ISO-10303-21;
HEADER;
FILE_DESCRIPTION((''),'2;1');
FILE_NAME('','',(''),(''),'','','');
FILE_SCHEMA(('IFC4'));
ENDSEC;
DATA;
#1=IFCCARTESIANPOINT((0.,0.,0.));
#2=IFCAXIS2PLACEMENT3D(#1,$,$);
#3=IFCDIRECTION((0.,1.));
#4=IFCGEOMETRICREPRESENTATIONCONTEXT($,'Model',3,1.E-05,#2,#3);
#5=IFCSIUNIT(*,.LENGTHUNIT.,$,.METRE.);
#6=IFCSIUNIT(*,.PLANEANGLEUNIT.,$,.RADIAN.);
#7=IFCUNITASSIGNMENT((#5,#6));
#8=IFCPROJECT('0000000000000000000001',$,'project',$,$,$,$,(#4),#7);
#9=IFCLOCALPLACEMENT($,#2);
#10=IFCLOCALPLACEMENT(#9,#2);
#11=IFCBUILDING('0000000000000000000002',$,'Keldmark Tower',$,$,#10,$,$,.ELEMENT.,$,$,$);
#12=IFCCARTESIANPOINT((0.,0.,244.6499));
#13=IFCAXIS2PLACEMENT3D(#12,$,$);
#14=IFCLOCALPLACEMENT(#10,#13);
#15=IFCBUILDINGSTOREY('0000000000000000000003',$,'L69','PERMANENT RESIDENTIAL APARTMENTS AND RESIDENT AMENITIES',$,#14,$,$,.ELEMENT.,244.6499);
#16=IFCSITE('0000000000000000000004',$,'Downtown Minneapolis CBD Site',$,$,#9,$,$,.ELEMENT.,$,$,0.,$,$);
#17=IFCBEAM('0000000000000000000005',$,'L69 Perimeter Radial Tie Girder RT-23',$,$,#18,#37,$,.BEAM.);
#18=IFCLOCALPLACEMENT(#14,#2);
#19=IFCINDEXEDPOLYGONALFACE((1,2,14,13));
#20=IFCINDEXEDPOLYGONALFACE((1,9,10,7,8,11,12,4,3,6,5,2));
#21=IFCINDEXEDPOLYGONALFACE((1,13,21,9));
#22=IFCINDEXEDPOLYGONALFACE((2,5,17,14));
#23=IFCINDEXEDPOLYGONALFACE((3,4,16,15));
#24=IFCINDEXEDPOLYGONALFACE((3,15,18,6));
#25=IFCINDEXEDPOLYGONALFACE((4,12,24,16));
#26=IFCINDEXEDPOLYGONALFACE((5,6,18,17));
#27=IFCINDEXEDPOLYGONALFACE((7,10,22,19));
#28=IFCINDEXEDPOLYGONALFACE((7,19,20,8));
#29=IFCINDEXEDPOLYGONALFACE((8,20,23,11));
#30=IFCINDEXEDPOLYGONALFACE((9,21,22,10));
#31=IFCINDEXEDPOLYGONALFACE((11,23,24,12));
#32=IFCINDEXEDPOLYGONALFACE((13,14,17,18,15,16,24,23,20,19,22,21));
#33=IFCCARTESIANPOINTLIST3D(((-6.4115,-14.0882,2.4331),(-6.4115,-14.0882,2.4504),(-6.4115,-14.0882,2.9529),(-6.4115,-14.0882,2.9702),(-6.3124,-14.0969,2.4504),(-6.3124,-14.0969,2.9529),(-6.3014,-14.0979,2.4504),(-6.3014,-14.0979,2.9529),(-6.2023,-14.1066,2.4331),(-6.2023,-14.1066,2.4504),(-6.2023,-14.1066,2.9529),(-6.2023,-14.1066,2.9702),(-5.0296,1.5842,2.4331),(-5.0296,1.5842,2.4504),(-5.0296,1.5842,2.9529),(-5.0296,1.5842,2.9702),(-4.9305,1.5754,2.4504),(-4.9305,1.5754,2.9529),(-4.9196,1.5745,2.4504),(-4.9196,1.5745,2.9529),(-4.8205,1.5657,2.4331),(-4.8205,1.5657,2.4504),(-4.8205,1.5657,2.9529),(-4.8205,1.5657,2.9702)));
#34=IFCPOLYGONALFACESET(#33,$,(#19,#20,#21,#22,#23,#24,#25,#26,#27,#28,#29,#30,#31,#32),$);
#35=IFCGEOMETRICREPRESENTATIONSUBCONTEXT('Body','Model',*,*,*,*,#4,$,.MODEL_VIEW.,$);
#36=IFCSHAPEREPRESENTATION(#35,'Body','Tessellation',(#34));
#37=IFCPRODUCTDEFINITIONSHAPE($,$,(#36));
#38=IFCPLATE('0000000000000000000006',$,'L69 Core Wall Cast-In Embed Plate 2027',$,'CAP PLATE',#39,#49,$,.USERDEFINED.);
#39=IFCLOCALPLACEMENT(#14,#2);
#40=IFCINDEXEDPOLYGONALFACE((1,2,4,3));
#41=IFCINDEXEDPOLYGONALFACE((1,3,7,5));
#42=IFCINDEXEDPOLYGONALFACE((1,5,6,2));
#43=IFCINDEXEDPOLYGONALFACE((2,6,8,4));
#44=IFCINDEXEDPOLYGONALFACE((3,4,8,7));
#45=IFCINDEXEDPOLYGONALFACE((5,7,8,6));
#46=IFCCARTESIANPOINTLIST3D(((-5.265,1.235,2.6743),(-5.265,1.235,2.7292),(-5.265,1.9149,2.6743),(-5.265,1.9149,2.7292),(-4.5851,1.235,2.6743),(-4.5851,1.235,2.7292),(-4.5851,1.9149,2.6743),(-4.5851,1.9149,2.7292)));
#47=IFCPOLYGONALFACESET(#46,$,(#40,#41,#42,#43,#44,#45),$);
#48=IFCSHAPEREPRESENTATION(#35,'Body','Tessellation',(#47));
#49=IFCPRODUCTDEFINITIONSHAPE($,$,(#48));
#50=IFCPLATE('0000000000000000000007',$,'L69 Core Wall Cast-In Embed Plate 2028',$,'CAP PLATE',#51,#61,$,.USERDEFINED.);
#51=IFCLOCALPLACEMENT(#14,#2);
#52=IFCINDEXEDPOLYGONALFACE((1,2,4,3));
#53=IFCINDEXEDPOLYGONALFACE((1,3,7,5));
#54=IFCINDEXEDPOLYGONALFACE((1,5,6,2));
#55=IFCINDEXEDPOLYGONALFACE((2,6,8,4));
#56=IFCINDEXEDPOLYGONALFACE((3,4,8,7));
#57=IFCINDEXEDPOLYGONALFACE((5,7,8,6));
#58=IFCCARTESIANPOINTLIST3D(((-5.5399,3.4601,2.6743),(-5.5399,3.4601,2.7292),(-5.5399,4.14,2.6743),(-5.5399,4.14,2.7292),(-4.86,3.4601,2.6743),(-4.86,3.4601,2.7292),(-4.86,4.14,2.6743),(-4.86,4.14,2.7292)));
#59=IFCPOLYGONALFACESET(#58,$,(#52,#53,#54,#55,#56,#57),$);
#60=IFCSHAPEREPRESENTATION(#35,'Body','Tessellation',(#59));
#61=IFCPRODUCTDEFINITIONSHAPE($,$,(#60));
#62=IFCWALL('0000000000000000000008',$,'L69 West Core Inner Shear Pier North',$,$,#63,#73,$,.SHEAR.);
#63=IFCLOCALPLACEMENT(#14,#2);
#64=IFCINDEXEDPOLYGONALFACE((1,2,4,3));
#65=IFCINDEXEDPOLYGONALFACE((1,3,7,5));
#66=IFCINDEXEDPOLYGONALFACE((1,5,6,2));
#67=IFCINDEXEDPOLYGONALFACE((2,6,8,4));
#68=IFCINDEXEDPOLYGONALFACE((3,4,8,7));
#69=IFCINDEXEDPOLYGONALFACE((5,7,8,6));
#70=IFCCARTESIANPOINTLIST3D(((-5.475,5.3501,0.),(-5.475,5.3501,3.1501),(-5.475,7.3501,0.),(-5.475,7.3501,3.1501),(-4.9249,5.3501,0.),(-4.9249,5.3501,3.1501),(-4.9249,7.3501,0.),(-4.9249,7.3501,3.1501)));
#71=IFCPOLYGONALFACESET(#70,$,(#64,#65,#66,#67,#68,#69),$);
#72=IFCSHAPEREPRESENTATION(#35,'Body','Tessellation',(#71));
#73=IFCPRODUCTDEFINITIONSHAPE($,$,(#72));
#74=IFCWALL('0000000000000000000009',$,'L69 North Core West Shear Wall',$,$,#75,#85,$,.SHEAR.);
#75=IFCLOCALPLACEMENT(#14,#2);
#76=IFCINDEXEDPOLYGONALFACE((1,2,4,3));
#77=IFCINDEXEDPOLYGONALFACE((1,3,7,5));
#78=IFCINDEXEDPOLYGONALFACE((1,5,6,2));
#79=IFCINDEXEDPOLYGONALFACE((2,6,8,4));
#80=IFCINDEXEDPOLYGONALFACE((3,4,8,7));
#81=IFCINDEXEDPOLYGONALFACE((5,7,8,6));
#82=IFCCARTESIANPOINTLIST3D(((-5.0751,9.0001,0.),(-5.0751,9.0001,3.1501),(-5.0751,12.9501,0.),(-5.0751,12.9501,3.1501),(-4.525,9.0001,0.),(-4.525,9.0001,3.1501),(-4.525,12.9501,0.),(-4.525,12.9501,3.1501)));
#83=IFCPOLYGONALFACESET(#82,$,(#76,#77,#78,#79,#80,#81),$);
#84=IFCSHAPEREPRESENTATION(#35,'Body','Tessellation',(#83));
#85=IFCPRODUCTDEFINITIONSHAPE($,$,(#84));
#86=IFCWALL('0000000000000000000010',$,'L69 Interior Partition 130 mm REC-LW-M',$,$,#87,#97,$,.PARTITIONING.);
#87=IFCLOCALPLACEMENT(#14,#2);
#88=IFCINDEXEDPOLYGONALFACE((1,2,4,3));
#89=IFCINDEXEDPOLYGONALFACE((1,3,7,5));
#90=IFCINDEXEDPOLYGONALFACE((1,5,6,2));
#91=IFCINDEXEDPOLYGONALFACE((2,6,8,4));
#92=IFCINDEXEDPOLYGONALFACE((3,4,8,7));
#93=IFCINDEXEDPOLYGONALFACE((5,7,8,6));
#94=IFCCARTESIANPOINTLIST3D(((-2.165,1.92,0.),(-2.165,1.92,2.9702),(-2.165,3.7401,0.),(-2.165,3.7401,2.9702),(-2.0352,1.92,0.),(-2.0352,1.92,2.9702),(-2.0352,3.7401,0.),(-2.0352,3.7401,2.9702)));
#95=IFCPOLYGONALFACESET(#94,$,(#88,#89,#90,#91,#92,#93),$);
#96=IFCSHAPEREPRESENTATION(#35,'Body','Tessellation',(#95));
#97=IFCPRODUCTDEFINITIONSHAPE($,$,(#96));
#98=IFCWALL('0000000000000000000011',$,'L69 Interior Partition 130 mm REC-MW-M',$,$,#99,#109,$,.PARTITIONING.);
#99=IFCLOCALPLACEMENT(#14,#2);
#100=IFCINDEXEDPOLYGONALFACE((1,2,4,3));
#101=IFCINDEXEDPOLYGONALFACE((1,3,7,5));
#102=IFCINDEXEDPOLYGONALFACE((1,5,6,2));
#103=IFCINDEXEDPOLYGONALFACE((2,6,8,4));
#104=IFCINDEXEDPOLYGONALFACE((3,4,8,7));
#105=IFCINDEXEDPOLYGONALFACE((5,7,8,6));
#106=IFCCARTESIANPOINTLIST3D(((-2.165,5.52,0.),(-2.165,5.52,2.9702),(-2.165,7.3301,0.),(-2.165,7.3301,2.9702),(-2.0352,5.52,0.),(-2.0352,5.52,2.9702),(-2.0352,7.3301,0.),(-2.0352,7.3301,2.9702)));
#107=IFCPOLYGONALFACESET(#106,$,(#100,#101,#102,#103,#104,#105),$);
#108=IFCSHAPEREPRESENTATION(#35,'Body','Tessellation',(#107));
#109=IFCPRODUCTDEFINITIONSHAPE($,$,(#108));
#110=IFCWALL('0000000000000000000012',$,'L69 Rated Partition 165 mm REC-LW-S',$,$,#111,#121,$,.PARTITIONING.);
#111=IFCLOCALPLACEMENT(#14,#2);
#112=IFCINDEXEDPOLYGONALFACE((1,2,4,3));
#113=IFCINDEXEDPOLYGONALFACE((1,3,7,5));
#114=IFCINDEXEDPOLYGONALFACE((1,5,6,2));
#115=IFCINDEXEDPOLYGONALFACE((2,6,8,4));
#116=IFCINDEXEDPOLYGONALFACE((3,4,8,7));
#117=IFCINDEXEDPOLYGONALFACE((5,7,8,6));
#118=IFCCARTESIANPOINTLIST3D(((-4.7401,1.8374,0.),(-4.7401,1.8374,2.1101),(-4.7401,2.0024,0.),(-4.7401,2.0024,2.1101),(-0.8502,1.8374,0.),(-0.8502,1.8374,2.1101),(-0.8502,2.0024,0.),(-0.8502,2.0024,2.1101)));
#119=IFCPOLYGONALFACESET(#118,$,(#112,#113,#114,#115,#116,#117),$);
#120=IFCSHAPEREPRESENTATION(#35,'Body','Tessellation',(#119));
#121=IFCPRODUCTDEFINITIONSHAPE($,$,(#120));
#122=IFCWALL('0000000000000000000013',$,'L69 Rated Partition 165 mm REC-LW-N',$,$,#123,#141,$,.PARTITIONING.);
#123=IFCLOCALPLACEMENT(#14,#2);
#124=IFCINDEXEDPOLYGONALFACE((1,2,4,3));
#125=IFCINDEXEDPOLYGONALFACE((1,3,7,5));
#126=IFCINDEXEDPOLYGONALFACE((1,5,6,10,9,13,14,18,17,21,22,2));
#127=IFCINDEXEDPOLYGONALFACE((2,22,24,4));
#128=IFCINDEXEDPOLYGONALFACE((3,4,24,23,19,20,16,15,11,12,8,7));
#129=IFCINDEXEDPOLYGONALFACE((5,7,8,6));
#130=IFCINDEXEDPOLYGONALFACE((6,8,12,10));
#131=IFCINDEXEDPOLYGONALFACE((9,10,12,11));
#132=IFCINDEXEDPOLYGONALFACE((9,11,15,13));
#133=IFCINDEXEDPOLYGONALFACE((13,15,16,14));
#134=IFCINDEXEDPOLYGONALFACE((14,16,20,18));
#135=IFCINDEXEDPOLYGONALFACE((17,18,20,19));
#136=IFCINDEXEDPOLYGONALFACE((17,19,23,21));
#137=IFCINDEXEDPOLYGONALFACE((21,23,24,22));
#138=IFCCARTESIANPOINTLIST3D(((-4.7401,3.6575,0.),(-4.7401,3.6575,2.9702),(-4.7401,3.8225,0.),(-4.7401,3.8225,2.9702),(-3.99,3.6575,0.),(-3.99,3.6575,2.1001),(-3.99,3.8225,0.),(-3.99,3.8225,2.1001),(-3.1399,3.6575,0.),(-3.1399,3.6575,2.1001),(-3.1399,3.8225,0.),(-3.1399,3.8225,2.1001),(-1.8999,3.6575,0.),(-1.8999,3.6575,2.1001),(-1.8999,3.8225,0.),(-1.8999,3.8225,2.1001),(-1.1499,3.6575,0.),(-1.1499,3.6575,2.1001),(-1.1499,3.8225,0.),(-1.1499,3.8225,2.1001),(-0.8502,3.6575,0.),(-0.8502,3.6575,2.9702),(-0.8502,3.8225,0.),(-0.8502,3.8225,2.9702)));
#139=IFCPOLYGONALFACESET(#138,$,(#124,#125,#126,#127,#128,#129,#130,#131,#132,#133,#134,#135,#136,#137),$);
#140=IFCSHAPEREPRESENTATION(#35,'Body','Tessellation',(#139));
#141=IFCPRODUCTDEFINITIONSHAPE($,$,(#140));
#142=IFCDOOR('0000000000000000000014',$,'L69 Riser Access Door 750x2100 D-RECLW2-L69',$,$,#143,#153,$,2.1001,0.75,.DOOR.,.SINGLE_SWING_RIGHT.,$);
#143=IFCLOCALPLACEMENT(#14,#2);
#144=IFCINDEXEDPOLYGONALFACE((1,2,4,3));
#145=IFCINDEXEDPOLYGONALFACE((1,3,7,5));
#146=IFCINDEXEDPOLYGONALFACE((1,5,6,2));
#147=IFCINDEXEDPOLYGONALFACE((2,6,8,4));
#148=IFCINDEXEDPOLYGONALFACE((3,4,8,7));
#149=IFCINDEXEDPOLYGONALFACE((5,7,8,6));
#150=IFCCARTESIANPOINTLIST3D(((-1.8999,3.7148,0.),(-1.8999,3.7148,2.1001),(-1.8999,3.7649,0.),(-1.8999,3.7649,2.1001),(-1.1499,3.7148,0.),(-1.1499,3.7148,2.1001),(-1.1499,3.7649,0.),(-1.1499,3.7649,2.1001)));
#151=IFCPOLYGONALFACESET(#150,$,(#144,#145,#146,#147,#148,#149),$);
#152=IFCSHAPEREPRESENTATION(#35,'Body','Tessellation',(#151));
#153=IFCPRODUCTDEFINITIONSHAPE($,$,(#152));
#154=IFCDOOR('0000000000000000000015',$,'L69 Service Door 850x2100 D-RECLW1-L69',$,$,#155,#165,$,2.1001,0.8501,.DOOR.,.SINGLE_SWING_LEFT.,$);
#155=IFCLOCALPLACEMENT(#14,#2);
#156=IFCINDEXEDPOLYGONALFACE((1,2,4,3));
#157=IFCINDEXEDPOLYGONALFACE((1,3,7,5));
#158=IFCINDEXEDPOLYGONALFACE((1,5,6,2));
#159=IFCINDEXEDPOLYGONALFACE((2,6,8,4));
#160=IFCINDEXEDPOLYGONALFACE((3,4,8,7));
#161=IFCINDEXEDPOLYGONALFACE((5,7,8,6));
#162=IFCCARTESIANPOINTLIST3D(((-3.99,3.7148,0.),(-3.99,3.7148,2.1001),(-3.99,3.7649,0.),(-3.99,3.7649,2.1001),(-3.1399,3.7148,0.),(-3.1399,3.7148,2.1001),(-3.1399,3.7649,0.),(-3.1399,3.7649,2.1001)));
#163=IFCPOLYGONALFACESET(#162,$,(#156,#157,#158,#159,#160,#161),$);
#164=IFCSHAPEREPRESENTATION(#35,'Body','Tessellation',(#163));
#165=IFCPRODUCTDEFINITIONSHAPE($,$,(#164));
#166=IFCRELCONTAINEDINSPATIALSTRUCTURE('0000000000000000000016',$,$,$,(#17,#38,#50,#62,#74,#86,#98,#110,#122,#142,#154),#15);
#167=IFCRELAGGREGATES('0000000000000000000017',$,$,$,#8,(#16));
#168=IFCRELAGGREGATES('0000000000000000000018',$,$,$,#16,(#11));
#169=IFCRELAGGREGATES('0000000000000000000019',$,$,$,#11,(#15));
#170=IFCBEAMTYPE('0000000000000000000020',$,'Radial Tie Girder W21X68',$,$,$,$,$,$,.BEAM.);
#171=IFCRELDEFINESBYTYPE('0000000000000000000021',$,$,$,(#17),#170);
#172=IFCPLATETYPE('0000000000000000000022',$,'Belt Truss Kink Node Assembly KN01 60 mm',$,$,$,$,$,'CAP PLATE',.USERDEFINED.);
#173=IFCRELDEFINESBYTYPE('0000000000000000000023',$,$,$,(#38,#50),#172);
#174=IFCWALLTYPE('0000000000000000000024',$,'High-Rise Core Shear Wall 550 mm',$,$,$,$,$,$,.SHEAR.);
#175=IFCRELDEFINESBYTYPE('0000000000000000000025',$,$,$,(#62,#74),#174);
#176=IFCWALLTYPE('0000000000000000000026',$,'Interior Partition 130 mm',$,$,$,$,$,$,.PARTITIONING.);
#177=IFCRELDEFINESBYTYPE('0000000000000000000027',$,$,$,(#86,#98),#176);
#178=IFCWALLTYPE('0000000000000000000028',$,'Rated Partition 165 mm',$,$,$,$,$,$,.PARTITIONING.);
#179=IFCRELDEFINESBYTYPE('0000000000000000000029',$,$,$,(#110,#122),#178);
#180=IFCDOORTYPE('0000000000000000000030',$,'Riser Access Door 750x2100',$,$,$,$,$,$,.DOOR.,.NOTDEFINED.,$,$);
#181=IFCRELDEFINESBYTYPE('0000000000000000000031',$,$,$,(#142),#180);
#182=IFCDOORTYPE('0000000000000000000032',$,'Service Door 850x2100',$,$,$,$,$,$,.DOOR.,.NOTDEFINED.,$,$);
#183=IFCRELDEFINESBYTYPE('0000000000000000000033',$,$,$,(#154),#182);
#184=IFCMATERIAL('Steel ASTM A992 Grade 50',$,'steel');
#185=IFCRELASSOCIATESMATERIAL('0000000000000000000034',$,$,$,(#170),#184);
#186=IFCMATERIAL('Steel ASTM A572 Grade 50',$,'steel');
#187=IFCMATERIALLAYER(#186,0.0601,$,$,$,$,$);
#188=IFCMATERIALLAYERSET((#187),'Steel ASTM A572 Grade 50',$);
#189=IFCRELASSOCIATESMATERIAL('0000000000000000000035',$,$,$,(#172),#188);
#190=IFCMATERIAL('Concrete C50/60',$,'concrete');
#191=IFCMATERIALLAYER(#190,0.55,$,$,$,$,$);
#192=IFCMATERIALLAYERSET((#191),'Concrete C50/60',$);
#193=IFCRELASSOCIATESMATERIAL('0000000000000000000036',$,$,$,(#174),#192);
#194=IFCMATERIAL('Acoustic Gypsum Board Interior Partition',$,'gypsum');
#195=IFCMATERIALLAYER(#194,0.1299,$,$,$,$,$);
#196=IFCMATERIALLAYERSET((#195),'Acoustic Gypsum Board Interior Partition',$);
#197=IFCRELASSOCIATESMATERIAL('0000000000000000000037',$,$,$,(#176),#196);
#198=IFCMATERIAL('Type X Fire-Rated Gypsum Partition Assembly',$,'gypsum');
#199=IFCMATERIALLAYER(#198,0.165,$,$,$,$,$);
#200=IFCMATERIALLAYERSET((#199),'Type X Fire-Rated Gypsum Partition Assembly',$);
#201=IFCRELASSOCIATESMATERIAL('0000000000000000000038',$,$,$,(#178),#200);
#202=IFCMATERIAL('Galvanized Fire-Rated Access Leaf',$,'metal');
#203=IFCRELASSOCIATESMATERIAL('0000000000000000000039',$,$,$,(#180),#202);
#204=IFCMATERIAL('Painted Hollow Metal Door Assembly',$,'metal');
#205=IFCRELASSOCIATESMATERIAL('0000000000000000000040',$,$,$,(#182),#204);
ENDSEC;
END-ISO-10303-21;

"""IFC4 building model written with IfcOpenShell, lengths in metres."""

from ifc_helpers import new_model, si_unit, direction, frame, frame_2d, origin, origin_2d, place, context, subcontext, project, spatial, rectangle, i_section, extrude, material, layer, layer_set, material_profile, profile_set, type_object, element, fill, save


model = new_model("IFC4")

# Units and contexts
model_context = context("Model", 3, precision=1e-05, world=origin(), true_north=direction((0.0, 1.0)))
body_context = subcontext(model_context, "Body", "Model", "MODEL_VIEW")
ifc_project = project(units=[si_unit("LENGTHUNIT", "METRE"), si_unit("PLANEANGLEUNIT", "RADIAN")], contexts=[model_context])

# Site, building, storey
site_placement = place(None, origin())
site = spatial("IfcSite", under=ifc_project, at=site_placement, Name="Downtown Minneapolis CBD Site", CompositionType="ELEMENT", RefElevation=0.0)
building_placement = place(site_placement, origin())
building = spatial("IfcBuilding", under=site, at=building_placement, Name="Keldmark Tower", CompositionType="ELEMENT")
storey_placement = place(building_placement, frame((0.0, 0.0, 244.6499)))
storey = spatial("IfcBuildingStorey", under=building, at=storey_placement, Name="L69", Description="PERMANENT RESIDENTIAL APARTMENTS AND RESIDENT AMENITIES", CompositionType="ELEMENT", Elevation=244.6499)

# Beam
ifc_material_1 = material(Name="Steel ASTM A992 Grade 50", Category="steel")
ifc_material_profile = material_profile(ifc_material_1, i_section(OverallWidth=0.21, OverallDepth=0.5371, WebThickness=0.011, FlangeThickness=0.0173, at=origin_2d()), Name="W21X68")
ifc_profile_set = profile_set([ifc_material_profile], Name="Steel ASTM A992 Grade 50")
beam_type = type_object("IfcBeamType", Name="Radial Tie Girder W21X68", PredefinedType="BEAM", material=ifc_profile_set)
beam_placement = place(storey_placement, frame((-4.925, 1.575, 2.7017), z_axis=(-0.08783, -0.996136, 0.0), x_axis=(0.996136, -0.08783, 0.0)))
element("IfcBeam", 1, at=beam_placement, inside=storey, type_object=beam_type, Name="L69 Perimeter Radial Tie Girder RT-23", PredefinedType="BEAM", context=body_context, shape_type="SweptSolid", body=[
    extrude(i_section(OverallWidth=0.21, OverallDepth=0.5371, WebThickness=0.011, FlangeThickness=0.0173, at=origin_2d()), origin(), (0.0, 0.0, 1.0), 15.7332),
])

# Plates
ifc_material_2 = material(Name="Steel ASTM A572 Grade 50", Category="steel")
ifc_layer_1 = layer(ifc_material_2, 0.0601)
ifc_layer_set_1 = layer_set([ifc_layer_1], Name="Steel ASTM A572 Grade 50")
plate_type = type_object("IfcPlateType", Name="Belt Truss Kink Node Assembly KN01 60 mm", ElementType="CAP PLATE", PredefinedType="USERDEFINED", material=ifc_layer_set_1)
for number, where, z_axis, x_axis, name in (
    (2, (-4.925, 1.575, 2.6743), (0.0, 0.0, 1.0), (1.0, 0.0, 0.0), "L69 Core Wall Cast-In Embed Plate 2027"),
    (3, (-5.2, 3.8, 2.6743), (0.0, 0.0, 1.0), (1.0, 0.0, 0.0), "L69 Core Wall Cast-In Embed Plate 2028"),
):
    element("IfcPlate", number, at=place(storey_placement, frame(where, z_axis=z_axis, x_axis=x_axis)), inside=storey, type_object=plate_type, Name=name, ObjectType="CAP PLATE", PredefinedType="USERDEFINED", context=body_context, shape_type="SweptSolid", body=[
        extrude(rectangle(XDim=0.6799, YDim=0.6799, at=origin_2d()), origin(), (0.0, 0.0, 1.0), 0.0549),
    ])

# Shared definitions
ifc_material_3 = material(Name="Concrete C50/60", Category="concrete")
ifc_layer_2 = layer(ifc_material_3, 0.55)
ifc_layer_set_2 = layer_set([ifc_layer_2], Name="Concrete C50/60")
wall_type_1 = type_object("IfcWallType", Name="High-Rise Core Shear Wall 550 mm", PredefinedType="SHEAR", material=ifc_layer_set_2)

# Walls
wall_1_placement = place(storey_placement, frame((-5.2, 5.3501, 0.0), z_axis=(0.0, 0.0, 1.0), x_axis=(0.0, 1.0, 0.0)))
element("IfcWall", 4, at=wall_1_placement, inside=storey, type_object=wall_type_1, Name="L69 West Core Inner Shear Pier North", PredefinedType="SHEAR", context=body_context, shape_type="SweptSolid", body=[
    extrude(rectangle(XDim=2.0, YDim=0.55, at=frame_2d((1.0, 0.0))), origin(), (0.0, 0.0, 1.0), 3.1501),
])
wall_2_placement = place(storey_placement, frame((-4.8, 9.0, 0.0), z_axis=(0.0, 0.0, 1.0), x_axis=(0.0, 1.0, 0.0)))
element("IfcWall", 5, at=wall_2_placement, inside=storey, type_object=wall_type_1, Name="L69 North Core West Shear Wall", PredefinedType="SHEAR", context=body_context, shape_type="SweptSolid", body=[
    extrude(rectangle(XDim=3.95, YDim=0.55, at=frame_2d((1.9751, 0.0))), origin(), (0.0, 0.0, 1.0), 3.1501),
])
ifc_material_4 = material(Name="Acoustic Gypsum Board Interior Partition", Category="gypsum")
ifc_layer_3 = layer(ifc_material_4, 0.1299)
ifc_layer_set_3 = layer_set([ifc_layer_3], Name="Acoustic Gypsum Board Interior Partition")
wall_type_2 = type_object("IfcWallType", Name="Interior Partition 130 mm", PredefinedType="PARTITIONING", material=ifc_layer_set_3)
wall_3_placement = place(storey_placement, frame((-2.1001, 1.9199, 0.0), z_axis=(0.0, 0.0, 1.0), x_axis=(0.0, 1.0, 0.0)))
element("IfcWall", 6, at=wall_3_placement, inside=storey, type_object=wall_type_2, Name="L69 Interior Partition 130 mm REC-LW-M", PredefinedType="PARTITIONING", context=body_context, shape_type="SweptSolid", body=[
    extrude(rectangle(XDim=1.8201, YDim=0.1299, at=frame_2d((0.9102, 0.0))), origin(), (0.0, 0.0, 1.0), 2.9702),
])
wall_4_placement = place(storey_placement, frame((-2.1001, 5.52, 0.0), z_axis=(0.0, 0.0, 1.0), x_axis=(0.0, 1.0, 0.0)))
element("IfcWall", 7, at=wall_4_placement, inside=storey, type_object=wall_type_2, Name="L69 Interior Partition 130 mm REC-MW-M", PredefinedType="PARTITIONING", context=body_context, shape_type="SweptSolid", body=[
    extrude(rectangle(XDim=1.8101, YDim=0.1299, at=frame_2d((0.905, 0.0))), origin(), (0.0, 0.0, 1.0), 2.9702),
])
ifc_material_5 = material(Name="Type X Fire-Rated Gypsum Partition Assembly", Category="gypsum")
ifc_layer_4 = layer(ifc_material_5, 0.165)
ifc_layer_set_4 = layer_set([ifc_layer_4], Name="Type X Fire-Rated Gypsum Partition Assembly")
wall_type_3 = type_object("IfcWallType", Name="Rated Partition 165 mm", PredefinedType="PARTITIONING", material=ifc_layer_set_4)
wall_5_placement = place(storey_placement, frame((-4.74, 1.9199, 0.0), z_axis=(0.0, 0.0, 1.0), x_axis=(1.0, 0.0, 0.0)))
element("IfcWall", 8, at=wall_5_placement, inside=storey, type_object=wall_type_3, Name="L69 Rated Partition 165 mm REC-LW-S", PredefinedType="PARTITIONING", context=body_context, shape_type="SweptSolid", body=[
    extrude(rectangle(XDim=3.8899, YDim=0.165, at=frame_2d((1.9448, 0.0))), origin(), (0.0, 0.0, 1.0), 2.1101),
])

# Wall, openings, doors
wall_6_placement = place(storey_placement, frame((-4.74, 3.74, 0.0), z_axis=(0.0, 0.0, 1.0), x_axis=(1.0, 0.0, 0.0)))
wall_6 = element("IfcWall", 9, at=wall_6_placement, inside=storey, type_object=wall_type_3, Name="L69 Rated Partition 165 mm REC-LW-N", PredefinedType="PARTITIONING", context=body_context, shape_type="SweptSolid", body=[
    extrude(rectangle(XDim=3.8899, YDim=0.165, at=frame_2d((1.9448, 0.0))), origin(), (0.0, 0.0, 1.0), 2.9702),
])
opening_1_placement = place(wall_6_placement, frame((0.75, 0.0, 0.0)))
opening_1 = element("IfcOpeningElement", 10, at=opening_1_placement, cuts=wall_6, PredefinedType="OPENING", context=body_context, shape_type="SweptSolid", body=[
    extrude(rectangle(XDim=0.8501, YDim=2.1001, at=frame_2d((0.425, 1.05))), frame((0.0, 0.0925, 0.0), z_axis=(0.0, -1.0, 0.0), x_axis=(1.0, 0.0, 0.0)), (0.0, 0.0, 1.0), 0.1851),
])
opening_2_placement = place(wall_6_placement, frame((2.8401, 0.0, 0.0)))
opening_2 = element("IfcOpeningElement", 11, at=opening_2_placement, cuts=wall_6, PredefinedType="OPENING", context=body_context, shape_type="SweptSolid", body=[
    extrude(rectangle(XDim=0.75, YDim=2.1001, at=frame_2d((0.375, 1.05))), frame((0.0, 0.0925, 0.0), z_axis=(0.0, -1.0, 0.0), x_axis=(1.0, 0.0, 0.0)), (0.0, 0.0, 1.0), 0.1851),
])
ifc_material_6 = material(Name="Galvanized Fire-Rated Access Leaf", Category="metal")
door_type_1 = type_object("IfcDoorType", Name="Riser Access Door 750x2100", OperationType="NOTDEFINED", PredefinedType="DOOR", material=ifc_material_6)
door_1_placement = place(opening_2_placement, origin())
door_1 = element("IfcDoor", 12, at=door_1_placement, inside=storey, type_object=door_type_1, Name="L69 Riser Access Door 750x2100 D-RECLW2-L69", OperationType="SINGLE_SWING_RIGHT", OverallHeight=2.1001, OverallWidth=0.75, PredefinedType="DOOR", context=body_context, shape_type="SweptSolid", body=[
    extrude(rectangle(XDim=0.75, YDim=2.1001, at=frame_2d((0.375, 1.05))), frame((0.0, 0.0249, 0.0), z_axis=(0.0, -1.0, 0.0), x_axis=(1.0, 0.0, 0.0)), (0.0, 0.0, 1.0), 0.05),
])
fill(opening_2, door_1)
ifc_material_7 = material(Name="Painted Hollow Metal Door Assembly", Category="metal")
door_type_2 = type_object("IfcDoorType", Name="Service Door 850x2100", OperationType="NOTDEFINED", PredefinedType="DOOR", material=ifc_material_7)
door_2_placement = place(opening_1_placement, origin())
door_2 = element("IfcDoor", 13, at=door_2_placement, inside=storey, type_object=door_type_2, Name="L69 Service Door 850x2100 D-RECLW1-L69", OperationType="SINGLE_SWING_LEFT", OverallHeight=2.1001, OverallWidth=0.8501, PredefinedType="DOOR", context=body_context, shape_type="SweptSolid", body=[
    extrude(rectangle(XDim=0.8501, YDim=2.1001, at=frame_2d((0.425, 1.05))), frame((0.0, 0.0249, 0.0), z_axis=(0.0, -1.0, 0.0), x_axis=(1.0, 0.0, 0.0)), (0.0, 0.0, 1.0), 0.05),
])
fill(opening_1, door_2)

save(model, "model.ifc")
